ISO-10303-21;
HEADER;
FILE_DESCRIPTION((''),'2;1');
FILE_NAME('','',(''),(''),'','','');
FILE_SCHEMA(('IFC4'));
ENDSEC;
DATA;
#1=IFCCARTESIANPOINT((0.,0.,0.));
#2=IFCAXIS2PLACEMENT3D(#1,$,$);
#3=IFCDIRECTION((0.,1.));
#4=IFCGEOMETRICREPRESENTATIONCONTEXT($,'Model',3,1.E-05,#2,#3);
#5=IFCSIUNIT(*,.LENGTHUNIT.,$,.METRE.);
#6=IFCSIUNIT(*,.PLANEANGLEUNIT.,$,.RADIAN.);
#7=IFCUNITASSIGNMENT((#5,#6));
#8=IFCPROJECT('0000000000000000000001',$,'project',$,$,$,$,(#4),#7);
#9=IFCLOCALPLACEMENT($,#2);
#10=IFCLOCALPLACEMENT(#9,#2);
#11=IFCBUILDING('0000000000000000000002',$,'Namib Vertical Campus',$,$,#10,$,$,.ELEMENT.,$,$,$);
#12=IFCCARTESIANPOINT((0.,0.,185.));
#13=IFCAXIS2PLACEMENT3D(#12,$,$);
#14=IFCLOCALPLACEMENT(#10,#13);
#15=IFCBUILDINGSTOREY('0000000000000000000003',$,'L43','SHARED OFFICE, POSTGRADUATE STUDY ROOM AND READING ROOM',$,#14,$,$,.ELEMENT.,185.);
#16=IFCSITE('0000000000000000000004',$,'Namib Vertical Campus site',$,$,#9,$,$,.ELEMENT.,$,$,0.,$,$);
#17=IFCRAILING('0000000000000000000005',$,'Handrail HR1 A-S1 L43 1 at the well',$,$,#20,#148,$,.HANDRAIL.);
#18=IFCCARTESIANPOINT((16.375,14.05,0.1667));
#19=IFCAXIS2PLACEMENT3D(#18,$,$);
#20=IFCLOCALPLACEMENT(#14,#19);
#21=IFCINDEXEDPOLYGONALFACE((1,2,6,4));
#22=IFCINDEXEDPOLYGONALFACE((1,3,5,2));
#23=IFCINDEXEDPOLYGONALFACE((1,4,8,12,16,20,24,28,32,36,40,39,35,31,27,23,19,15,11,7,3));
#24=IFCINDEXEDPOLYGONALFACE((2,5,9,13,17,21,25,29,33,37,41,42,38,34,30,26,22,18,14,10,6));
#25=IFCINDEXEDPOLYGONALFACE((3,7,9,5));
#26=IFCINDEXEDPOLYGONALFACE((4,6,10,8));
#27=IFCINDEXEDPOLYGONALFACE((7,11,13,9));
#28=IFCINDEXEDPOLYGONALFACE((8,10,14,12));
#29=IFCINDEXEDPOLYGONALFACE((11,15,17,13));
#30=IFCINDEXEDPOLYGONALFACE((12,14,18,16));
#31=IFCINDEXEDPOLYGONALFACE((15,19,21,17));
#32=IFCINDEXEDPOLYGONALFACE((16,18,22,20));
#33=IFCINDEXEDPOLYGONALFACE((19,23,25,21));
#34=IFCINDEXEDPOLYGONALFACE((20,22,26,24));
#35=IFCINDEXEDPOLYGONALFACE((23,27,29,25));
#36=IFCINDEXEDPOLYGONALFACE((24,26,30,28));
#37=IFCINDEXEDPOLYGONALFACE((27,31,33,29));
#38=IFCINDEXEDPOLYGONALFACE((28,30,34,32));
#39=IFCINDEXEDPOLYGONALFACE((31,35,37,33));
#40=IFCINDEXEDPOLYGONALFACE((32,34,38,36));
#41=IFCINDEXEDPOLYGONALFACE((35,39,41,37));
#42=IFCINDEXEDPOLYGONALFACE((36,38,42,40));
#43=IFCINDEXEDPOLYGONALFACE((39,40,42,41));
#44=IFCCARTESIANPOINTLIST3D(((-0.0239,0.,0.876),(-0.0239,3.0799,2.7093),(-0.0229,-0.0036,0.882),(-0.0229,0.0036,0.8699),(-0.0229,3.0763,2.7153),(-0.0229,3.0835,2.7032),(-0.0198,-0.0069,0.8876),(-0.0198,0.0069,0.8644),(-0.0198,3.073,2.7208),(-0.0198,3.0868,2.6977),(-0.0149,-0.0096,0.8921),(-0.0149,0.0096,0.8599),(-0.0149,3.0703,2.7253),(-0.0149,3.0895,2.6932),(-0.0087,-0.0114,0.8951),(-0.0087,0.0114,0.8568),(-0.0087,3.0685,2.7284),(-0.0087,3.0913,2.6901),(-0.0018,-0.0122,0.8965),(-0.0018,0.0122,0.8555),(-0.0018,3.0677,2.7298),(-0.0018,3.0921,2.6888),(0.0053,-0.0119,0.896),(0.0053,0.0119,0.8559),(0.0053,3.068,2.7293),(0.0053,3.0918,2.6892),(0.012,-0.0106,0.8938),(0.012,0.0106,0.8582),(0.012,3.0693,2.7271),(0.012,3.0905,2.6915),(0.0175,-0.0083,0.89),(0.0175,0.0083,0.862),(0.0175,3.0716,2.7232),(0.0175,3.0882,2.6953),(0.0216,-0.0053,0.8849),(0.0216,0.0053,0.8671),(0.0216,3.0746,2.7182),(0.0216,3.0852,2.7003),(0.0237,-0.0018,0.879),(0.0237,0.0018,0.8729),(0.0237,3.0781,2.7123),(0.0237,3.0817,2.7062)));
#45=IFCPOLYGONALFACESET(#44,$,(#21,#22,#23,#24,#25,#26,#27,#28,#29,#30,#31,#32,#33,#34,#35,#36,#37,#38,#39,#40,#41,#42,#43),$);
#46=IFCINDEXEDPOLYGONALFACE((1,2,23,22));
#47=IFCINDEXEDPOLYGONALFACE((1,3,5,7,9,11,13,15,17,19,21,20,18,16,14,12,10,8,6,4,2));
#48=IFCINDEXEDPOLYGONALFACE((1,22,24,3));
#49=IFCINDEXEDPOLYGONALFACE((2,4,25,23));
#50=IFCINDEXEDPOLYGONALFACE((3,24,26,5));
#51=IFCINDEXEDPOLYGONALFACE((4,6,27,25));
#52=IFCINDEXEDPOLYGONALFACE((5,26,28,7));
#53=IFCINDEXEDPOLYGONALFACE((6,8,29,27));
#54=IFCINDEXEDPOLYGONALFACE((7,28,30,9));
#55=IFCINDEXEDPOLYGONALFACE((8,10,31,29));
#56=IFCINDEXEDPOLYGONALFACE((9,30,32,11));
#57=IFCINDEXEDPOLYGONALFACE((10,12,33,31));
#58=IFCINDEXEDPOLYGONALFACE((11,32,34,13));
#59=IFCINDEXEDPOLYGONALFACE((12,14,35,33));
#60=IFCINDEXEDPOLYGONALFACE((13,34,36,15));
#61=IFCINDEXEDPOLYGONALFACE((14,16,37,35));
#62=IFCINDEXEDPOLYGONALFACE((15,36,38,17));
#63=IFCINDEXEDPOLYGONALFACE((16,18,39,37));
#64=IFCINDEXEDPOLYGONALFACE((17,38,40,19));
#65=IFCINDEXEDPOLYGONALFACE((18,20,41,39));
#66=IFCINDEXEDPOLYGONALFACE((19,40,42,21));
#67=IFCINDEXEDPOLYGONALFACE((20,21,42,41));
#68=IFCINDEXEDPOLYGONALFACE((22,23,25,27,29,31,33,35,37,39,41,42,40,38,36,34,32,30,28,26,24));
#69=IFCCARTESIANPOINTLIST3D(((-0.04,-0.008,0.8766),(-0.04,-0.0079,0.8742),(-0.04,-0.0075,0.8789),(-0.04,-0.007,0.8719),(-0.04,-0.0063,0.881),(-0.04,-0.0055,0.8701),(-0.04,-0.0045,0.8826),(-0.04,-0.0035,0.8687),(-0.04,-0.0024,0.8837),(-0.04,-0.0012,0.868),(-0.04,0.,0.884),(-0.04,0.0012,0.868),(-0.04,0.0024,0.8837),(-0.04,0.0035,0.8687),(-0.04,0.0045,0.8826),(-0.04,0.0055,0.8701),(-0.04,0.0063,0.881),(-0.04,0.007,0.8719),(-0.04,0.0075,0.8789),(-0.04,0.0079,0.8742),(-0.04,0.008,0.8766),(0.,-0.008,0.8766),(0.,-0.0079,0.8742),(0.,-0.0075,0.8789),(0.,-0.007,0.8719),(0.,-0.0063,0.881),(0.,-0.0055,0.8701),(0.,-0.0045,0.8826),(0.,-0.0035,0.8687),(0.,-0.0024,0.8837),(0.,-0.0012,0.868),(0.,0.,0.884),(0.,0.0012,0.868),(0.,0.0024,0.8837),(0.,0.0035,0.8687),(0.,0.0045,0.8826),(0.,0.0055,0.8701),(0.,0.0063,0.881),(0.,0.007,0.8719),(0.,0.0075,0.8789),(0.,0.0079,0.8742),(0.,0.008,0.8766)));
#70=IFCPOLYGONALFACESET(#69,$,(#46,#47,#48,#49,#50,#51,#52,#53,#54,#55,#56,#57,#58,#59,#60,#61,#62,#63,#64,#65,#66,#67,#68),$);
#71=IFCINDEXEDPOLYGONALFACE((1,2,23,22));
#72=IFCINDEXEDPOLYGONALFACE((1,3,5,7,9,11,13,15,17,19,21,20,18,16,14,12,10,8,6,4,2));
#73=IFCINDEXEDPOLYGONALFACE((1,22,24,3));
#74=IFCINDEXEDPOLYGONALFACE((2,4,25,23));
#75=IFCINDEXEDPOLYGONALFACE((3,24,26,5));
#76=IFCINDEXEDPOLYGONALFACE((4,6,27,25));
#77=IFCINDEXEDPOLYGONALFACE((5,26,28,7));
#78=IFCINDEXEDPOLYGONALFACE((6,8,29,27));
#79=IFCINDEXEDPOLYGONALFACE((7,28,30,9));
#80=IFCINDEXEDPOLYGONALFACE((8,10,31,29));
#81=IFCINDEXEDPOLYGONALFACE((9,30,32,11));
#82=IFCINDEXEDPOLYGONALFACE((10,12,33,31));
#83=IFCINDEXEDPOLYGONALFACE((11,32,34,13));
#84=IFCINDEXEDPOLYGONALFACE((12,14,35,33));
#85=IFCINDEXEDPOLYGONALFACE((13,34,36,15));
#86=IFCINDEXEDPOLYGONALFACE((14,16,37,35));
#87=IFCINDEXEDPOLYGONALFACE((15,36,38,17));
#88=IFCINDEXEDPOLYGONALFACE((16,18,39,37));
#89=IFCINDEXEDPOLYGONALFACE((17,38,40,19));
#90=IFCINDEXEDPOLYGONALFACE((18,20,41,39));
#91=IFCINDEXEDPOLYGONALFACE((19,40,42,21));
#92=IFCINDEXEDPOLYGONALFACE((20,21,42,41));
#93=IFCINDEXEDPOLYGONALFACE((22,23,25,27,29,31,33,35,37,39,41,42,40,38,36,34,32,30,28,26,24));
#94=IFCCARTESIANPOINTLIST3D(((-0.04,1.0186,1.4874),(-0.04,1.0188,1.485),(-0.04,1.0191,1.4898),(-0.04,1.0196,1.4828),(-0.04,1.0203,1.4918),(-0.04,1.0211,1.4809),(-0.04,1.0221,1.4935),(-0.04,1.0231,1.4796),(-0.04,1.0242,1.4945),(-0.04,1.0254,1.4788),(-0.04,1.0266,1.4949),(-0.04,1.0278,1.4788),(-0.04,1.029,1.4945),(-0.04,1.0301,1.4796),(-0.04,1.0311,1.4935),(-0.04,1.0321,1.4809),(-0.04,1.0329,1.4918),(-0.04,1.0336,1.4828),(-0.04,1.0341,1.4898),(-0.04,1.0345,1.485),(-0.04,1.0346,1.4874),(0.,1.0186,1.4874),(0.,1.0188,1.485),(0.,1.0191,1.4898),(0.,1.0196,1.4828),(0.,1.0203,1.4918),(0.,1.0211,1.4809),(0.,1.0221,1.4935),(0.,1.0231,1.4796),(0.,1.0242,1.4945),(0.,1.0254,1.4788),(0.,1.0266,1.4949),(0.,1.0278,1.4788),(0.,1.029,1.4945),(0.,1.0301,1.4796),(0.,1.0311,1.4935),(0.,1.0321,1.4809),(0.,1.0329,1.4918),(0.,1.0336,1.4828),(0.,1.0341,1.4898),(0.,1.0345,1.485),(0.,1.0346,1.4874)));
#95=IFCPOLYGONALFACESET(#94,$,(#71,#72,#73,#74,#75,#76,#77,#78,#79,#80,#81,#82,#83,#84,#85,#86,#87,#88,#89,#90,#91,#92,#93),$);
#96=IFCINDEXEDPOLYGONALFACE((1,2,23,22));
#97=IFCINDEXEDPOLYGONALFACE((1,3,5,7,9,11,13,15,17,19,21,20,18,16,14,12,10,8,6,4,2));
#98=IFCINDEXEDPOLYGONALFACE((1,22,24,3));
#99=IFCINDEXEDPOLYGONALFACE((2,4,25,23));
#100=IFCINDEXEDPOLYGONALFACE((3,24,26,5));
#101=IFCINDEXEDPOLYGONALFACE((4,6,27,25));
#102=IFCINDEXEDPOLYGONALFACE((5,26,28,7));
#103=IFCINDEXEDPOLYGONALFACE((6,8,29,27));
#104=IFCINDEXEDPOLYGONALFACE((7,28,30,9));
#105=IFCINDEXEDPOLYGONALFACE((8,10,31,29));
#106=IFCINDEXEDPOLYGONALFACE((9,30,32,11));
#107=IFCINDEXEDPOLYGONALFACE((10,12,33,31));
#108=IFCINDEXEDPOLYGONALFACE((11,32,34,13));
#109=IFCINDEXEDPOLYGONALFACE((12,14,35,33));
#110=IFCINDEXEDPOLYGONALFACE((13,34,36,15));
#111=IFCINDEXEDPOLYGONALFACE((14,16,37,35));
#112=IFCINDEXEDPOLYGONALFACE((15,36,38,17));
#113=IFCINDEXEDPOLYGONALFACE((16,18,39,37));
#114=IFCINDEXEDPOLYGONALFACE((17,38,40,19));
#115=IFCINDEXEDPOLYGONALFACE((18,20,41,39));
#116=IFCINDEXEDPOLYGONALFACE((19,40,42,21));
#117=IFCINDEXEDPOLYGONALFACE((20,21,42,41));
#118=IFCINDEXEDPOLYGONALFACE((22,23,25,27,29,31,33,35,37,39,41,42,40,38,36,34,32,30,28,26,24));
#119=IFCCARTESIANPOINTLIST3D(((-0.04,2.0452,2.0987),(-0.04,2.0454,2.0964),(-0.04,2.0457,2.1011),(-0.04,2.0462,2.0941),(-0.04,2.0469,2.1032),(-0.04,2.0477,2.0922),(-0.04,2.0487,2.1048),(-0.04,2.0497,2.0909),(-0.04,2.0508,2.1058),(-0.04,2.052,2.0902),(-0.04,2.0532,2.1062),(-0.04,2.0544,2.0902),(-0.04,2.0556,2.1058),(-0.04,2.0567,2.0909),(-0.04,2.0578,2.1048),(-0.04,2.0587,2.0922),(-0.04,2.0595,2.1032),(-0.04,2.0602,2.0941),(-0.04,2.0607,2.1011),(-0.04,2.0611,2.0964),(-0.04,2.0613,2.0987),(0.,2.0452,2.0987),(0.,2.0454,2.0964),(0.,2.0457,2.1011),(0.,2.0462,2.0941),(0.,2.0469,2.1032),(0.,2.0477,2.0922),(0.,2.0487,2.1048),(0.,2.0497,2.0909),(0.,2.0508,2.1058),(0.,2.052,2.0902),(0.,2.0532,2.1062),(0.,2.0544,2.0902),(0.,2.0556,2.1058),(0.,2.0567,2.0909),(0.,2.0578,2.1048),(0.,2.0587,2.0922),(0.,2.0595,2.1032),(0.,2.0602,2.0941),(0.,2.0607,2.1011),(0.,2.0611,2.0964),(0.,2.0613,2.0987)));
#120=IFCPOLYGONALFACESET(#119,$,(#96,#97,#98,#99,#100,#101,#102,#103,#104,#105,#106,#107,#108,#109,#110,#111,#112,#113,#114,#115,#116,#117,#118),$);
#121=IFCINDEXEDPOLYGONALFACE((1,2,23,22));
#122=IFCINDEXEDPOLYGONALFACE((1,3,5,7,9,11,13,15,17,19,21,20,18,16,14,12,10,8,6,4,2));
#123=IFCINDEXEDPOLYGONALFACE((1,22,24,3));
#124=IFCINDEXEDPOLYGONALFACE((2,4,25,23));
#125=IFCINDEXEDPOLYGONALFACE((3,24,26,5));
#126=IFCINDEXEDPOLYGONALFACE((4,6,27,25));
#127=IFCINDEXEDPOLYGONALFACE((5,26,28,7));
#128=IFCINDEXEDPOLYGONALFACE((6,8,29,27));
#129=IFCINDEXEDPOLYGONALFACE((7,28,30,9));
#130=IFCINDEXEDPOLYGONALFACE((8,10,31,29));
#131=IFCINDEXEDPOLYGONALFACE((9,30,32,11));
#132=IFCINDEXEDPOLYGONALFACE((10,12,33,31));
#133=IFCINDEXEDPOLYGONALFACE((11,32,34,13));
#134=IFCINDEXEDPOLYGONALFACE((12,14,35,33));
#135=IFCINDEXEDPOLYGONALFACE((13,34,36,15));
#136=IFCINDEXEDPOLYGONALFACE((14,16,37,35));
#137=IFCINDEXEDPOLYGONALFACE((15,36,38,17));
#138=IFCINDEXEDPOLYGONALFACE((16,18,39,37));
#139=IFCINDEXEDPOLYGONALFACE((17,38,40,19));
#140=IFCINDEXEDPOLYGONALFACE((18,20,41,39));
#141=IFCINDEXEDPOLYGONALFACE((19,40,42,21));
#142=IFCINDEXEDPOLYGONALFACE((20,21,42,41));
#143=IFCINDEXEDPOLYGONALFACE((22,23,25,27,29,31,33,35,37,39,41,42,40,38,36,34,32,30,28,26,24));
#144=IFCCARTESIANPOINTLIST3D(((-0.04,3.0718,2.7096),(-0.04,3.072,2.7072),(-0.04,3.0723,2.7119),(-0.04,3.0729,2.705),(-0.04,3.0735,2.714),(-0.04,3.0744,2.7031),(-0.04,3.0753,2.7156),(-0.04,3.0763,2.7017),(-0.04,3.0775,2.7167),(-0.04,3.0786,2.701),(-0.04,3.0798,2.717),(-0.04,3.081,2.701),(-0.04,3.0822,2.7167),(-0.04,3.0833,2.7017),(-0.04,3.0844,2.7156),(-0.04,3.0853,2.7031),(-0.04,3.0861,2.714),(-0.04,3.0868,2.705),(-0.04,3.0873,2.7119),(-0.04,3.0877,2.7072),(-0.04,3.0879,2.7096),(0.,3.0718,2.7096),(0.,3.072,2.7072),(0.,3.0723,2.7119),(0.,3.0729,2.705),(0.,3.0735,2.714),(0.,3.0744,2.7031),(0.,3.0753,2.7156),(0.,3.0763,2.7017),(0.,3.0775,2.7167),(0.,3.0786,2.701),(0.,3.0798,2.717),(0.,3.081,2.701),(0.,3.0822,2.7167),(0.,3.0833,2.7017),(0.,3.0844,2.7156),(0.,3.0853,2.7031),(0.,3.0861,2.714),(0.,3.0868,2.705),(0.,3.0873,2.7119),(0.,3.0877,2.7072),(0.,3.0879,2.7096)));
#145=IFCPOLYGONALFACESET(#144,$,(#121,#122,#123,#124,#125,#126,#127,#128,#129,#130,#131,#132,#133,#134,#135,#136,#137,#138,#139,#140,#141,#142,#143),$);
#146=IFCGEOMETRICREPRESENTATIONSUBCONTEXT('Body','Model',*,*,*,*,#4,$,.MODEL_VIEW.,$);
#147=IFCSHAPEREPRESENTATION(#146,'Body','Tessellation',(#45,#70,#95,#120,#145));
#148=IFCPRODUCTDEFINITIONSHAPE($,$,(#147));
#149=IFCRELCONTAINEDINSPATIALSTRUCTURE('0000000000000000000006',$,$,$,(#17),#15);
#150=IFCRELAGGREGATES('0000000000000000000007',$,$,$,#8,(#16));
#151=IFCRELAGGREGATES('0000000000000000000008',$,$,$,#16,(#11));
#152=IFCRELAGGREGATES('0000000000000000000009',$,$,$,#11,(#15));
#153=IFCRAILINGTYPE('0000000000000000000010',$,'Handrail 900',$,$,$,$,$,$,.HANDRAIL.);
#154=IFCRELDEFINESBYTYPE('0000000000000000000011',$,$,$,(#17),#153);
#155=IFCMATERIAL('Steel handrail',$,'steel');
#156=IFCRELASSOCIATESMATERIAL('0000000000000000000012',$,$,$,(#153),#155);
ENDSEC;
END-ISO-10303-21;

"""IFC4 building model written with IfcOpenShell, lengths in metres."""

from ifc_helpers import new_model, si_unit, direction, frame, origin, origin_2d, place, context, subcontext, project, spatial, circle, extrude, material, type_object, element, save


model = new_model("IFC4")

# Units and contexts
model_context = context("Model", 3, precision=1e-05, world=origin(), true_north=direction((0.0, 1.0)))
body_context = subcontext(model_context, "Body", "Model", "MODEL_VIEW")
ifc_project = project(units=[si_unit("LENGTHUNIT", "METRE"), si_unit("PLANEANGLEUNIT", "RADIAN")], contexts=[model_context])

# Site, building, storey
site_placement = place(None, origin())
site = spatial("IfcSite", under=ifc_project, at=site_placement, Name="Namib Vertical Campus site", CompositionType="ELEMENT", RefElevation=0.0)
building_placement = place(site_placement, origin())
building = spatial("IfcBuilding", under=site, at=building_placement, Name="Namib Vertical Campus", CompositionType="ELEMENT")
storey_placement = place(building_placement, frame((0.0, 0.0, 185.0)))
storey = spatial("IfcBuildingStorey", under=building, at=storey_placement, Name="L43", Description="SHARED OFFICE, POSTGRADUATE STUDY ROOM AND READING ROOM", CompositionType="ELEMENT", Elevation=185.0)

# Railing
ifc_material_1 = material(Name="Steel handrail", Category="steel")
railing_type_1 = type_object("IfcRailingType", Name="Handrail 900", PredefinedType="HANDRAIL", material=ifc_material_1)
railing_1_placement = place(storey_placement, frame((16.375, 14.05, 0.1667)))
element("IfcRailing", 1, at=railing_1_placement, inside=storey, type_object=railing_type_1, Name="Handrail HR1 A-S1 L43 1 at the well", PredefinedType="HANDRAIL", context=body_context, shape_type="SweptSolid", body=[
    extrude(circle(Radius=0.0239, at=origin_2d()), frame((0.0, 0.0, 0.876), z_axis=(0.0, 0.859291, 0.511487), x_axis=(-1.0, 0.0, 0.0)), (0.0, 0.0, 1.0), 3.5842),
    extrude(circle(Radius=0.0081, at=origin_2d()), frame((0.0, 0.0, 0.876), z_axis=(-1.0, 0.0, 0.0), x_axis=(0.0, 0.0, 1.0)), (0.0, 0.0, 1.0), 0.04),
    extrude(circle(Radius=0.0081, at=origin_2d()), frame((0.0, 1.0266, 1.4868), z_axis=(-1.0, 0.0, 0.0), x_axis=(0.0, 0.0, 1.0)), (0.0, 0.0, 1.0), 0.04),
    extrude(circle(Radius=0.0081, at=origin_2d()), frame((0.0, 2.0532, 2.0981), z_axis=(-1.0, 0.0, 0.0), x_axis=(0.0, 0.0, 1.0)), (0.0, 0.0, 1.0), 0.04),
    extrude(circle(Radius=0.0081, at=origin_2d()), frame((0.0, 3.0798, 2.709), z_axis=(-1.0, 0.0, 0.0), x_axis=(0.0, 0.0, 1.0)), (0.0, 0.0, 1.0), 0.04),
])

save(model, "model.ifc")
